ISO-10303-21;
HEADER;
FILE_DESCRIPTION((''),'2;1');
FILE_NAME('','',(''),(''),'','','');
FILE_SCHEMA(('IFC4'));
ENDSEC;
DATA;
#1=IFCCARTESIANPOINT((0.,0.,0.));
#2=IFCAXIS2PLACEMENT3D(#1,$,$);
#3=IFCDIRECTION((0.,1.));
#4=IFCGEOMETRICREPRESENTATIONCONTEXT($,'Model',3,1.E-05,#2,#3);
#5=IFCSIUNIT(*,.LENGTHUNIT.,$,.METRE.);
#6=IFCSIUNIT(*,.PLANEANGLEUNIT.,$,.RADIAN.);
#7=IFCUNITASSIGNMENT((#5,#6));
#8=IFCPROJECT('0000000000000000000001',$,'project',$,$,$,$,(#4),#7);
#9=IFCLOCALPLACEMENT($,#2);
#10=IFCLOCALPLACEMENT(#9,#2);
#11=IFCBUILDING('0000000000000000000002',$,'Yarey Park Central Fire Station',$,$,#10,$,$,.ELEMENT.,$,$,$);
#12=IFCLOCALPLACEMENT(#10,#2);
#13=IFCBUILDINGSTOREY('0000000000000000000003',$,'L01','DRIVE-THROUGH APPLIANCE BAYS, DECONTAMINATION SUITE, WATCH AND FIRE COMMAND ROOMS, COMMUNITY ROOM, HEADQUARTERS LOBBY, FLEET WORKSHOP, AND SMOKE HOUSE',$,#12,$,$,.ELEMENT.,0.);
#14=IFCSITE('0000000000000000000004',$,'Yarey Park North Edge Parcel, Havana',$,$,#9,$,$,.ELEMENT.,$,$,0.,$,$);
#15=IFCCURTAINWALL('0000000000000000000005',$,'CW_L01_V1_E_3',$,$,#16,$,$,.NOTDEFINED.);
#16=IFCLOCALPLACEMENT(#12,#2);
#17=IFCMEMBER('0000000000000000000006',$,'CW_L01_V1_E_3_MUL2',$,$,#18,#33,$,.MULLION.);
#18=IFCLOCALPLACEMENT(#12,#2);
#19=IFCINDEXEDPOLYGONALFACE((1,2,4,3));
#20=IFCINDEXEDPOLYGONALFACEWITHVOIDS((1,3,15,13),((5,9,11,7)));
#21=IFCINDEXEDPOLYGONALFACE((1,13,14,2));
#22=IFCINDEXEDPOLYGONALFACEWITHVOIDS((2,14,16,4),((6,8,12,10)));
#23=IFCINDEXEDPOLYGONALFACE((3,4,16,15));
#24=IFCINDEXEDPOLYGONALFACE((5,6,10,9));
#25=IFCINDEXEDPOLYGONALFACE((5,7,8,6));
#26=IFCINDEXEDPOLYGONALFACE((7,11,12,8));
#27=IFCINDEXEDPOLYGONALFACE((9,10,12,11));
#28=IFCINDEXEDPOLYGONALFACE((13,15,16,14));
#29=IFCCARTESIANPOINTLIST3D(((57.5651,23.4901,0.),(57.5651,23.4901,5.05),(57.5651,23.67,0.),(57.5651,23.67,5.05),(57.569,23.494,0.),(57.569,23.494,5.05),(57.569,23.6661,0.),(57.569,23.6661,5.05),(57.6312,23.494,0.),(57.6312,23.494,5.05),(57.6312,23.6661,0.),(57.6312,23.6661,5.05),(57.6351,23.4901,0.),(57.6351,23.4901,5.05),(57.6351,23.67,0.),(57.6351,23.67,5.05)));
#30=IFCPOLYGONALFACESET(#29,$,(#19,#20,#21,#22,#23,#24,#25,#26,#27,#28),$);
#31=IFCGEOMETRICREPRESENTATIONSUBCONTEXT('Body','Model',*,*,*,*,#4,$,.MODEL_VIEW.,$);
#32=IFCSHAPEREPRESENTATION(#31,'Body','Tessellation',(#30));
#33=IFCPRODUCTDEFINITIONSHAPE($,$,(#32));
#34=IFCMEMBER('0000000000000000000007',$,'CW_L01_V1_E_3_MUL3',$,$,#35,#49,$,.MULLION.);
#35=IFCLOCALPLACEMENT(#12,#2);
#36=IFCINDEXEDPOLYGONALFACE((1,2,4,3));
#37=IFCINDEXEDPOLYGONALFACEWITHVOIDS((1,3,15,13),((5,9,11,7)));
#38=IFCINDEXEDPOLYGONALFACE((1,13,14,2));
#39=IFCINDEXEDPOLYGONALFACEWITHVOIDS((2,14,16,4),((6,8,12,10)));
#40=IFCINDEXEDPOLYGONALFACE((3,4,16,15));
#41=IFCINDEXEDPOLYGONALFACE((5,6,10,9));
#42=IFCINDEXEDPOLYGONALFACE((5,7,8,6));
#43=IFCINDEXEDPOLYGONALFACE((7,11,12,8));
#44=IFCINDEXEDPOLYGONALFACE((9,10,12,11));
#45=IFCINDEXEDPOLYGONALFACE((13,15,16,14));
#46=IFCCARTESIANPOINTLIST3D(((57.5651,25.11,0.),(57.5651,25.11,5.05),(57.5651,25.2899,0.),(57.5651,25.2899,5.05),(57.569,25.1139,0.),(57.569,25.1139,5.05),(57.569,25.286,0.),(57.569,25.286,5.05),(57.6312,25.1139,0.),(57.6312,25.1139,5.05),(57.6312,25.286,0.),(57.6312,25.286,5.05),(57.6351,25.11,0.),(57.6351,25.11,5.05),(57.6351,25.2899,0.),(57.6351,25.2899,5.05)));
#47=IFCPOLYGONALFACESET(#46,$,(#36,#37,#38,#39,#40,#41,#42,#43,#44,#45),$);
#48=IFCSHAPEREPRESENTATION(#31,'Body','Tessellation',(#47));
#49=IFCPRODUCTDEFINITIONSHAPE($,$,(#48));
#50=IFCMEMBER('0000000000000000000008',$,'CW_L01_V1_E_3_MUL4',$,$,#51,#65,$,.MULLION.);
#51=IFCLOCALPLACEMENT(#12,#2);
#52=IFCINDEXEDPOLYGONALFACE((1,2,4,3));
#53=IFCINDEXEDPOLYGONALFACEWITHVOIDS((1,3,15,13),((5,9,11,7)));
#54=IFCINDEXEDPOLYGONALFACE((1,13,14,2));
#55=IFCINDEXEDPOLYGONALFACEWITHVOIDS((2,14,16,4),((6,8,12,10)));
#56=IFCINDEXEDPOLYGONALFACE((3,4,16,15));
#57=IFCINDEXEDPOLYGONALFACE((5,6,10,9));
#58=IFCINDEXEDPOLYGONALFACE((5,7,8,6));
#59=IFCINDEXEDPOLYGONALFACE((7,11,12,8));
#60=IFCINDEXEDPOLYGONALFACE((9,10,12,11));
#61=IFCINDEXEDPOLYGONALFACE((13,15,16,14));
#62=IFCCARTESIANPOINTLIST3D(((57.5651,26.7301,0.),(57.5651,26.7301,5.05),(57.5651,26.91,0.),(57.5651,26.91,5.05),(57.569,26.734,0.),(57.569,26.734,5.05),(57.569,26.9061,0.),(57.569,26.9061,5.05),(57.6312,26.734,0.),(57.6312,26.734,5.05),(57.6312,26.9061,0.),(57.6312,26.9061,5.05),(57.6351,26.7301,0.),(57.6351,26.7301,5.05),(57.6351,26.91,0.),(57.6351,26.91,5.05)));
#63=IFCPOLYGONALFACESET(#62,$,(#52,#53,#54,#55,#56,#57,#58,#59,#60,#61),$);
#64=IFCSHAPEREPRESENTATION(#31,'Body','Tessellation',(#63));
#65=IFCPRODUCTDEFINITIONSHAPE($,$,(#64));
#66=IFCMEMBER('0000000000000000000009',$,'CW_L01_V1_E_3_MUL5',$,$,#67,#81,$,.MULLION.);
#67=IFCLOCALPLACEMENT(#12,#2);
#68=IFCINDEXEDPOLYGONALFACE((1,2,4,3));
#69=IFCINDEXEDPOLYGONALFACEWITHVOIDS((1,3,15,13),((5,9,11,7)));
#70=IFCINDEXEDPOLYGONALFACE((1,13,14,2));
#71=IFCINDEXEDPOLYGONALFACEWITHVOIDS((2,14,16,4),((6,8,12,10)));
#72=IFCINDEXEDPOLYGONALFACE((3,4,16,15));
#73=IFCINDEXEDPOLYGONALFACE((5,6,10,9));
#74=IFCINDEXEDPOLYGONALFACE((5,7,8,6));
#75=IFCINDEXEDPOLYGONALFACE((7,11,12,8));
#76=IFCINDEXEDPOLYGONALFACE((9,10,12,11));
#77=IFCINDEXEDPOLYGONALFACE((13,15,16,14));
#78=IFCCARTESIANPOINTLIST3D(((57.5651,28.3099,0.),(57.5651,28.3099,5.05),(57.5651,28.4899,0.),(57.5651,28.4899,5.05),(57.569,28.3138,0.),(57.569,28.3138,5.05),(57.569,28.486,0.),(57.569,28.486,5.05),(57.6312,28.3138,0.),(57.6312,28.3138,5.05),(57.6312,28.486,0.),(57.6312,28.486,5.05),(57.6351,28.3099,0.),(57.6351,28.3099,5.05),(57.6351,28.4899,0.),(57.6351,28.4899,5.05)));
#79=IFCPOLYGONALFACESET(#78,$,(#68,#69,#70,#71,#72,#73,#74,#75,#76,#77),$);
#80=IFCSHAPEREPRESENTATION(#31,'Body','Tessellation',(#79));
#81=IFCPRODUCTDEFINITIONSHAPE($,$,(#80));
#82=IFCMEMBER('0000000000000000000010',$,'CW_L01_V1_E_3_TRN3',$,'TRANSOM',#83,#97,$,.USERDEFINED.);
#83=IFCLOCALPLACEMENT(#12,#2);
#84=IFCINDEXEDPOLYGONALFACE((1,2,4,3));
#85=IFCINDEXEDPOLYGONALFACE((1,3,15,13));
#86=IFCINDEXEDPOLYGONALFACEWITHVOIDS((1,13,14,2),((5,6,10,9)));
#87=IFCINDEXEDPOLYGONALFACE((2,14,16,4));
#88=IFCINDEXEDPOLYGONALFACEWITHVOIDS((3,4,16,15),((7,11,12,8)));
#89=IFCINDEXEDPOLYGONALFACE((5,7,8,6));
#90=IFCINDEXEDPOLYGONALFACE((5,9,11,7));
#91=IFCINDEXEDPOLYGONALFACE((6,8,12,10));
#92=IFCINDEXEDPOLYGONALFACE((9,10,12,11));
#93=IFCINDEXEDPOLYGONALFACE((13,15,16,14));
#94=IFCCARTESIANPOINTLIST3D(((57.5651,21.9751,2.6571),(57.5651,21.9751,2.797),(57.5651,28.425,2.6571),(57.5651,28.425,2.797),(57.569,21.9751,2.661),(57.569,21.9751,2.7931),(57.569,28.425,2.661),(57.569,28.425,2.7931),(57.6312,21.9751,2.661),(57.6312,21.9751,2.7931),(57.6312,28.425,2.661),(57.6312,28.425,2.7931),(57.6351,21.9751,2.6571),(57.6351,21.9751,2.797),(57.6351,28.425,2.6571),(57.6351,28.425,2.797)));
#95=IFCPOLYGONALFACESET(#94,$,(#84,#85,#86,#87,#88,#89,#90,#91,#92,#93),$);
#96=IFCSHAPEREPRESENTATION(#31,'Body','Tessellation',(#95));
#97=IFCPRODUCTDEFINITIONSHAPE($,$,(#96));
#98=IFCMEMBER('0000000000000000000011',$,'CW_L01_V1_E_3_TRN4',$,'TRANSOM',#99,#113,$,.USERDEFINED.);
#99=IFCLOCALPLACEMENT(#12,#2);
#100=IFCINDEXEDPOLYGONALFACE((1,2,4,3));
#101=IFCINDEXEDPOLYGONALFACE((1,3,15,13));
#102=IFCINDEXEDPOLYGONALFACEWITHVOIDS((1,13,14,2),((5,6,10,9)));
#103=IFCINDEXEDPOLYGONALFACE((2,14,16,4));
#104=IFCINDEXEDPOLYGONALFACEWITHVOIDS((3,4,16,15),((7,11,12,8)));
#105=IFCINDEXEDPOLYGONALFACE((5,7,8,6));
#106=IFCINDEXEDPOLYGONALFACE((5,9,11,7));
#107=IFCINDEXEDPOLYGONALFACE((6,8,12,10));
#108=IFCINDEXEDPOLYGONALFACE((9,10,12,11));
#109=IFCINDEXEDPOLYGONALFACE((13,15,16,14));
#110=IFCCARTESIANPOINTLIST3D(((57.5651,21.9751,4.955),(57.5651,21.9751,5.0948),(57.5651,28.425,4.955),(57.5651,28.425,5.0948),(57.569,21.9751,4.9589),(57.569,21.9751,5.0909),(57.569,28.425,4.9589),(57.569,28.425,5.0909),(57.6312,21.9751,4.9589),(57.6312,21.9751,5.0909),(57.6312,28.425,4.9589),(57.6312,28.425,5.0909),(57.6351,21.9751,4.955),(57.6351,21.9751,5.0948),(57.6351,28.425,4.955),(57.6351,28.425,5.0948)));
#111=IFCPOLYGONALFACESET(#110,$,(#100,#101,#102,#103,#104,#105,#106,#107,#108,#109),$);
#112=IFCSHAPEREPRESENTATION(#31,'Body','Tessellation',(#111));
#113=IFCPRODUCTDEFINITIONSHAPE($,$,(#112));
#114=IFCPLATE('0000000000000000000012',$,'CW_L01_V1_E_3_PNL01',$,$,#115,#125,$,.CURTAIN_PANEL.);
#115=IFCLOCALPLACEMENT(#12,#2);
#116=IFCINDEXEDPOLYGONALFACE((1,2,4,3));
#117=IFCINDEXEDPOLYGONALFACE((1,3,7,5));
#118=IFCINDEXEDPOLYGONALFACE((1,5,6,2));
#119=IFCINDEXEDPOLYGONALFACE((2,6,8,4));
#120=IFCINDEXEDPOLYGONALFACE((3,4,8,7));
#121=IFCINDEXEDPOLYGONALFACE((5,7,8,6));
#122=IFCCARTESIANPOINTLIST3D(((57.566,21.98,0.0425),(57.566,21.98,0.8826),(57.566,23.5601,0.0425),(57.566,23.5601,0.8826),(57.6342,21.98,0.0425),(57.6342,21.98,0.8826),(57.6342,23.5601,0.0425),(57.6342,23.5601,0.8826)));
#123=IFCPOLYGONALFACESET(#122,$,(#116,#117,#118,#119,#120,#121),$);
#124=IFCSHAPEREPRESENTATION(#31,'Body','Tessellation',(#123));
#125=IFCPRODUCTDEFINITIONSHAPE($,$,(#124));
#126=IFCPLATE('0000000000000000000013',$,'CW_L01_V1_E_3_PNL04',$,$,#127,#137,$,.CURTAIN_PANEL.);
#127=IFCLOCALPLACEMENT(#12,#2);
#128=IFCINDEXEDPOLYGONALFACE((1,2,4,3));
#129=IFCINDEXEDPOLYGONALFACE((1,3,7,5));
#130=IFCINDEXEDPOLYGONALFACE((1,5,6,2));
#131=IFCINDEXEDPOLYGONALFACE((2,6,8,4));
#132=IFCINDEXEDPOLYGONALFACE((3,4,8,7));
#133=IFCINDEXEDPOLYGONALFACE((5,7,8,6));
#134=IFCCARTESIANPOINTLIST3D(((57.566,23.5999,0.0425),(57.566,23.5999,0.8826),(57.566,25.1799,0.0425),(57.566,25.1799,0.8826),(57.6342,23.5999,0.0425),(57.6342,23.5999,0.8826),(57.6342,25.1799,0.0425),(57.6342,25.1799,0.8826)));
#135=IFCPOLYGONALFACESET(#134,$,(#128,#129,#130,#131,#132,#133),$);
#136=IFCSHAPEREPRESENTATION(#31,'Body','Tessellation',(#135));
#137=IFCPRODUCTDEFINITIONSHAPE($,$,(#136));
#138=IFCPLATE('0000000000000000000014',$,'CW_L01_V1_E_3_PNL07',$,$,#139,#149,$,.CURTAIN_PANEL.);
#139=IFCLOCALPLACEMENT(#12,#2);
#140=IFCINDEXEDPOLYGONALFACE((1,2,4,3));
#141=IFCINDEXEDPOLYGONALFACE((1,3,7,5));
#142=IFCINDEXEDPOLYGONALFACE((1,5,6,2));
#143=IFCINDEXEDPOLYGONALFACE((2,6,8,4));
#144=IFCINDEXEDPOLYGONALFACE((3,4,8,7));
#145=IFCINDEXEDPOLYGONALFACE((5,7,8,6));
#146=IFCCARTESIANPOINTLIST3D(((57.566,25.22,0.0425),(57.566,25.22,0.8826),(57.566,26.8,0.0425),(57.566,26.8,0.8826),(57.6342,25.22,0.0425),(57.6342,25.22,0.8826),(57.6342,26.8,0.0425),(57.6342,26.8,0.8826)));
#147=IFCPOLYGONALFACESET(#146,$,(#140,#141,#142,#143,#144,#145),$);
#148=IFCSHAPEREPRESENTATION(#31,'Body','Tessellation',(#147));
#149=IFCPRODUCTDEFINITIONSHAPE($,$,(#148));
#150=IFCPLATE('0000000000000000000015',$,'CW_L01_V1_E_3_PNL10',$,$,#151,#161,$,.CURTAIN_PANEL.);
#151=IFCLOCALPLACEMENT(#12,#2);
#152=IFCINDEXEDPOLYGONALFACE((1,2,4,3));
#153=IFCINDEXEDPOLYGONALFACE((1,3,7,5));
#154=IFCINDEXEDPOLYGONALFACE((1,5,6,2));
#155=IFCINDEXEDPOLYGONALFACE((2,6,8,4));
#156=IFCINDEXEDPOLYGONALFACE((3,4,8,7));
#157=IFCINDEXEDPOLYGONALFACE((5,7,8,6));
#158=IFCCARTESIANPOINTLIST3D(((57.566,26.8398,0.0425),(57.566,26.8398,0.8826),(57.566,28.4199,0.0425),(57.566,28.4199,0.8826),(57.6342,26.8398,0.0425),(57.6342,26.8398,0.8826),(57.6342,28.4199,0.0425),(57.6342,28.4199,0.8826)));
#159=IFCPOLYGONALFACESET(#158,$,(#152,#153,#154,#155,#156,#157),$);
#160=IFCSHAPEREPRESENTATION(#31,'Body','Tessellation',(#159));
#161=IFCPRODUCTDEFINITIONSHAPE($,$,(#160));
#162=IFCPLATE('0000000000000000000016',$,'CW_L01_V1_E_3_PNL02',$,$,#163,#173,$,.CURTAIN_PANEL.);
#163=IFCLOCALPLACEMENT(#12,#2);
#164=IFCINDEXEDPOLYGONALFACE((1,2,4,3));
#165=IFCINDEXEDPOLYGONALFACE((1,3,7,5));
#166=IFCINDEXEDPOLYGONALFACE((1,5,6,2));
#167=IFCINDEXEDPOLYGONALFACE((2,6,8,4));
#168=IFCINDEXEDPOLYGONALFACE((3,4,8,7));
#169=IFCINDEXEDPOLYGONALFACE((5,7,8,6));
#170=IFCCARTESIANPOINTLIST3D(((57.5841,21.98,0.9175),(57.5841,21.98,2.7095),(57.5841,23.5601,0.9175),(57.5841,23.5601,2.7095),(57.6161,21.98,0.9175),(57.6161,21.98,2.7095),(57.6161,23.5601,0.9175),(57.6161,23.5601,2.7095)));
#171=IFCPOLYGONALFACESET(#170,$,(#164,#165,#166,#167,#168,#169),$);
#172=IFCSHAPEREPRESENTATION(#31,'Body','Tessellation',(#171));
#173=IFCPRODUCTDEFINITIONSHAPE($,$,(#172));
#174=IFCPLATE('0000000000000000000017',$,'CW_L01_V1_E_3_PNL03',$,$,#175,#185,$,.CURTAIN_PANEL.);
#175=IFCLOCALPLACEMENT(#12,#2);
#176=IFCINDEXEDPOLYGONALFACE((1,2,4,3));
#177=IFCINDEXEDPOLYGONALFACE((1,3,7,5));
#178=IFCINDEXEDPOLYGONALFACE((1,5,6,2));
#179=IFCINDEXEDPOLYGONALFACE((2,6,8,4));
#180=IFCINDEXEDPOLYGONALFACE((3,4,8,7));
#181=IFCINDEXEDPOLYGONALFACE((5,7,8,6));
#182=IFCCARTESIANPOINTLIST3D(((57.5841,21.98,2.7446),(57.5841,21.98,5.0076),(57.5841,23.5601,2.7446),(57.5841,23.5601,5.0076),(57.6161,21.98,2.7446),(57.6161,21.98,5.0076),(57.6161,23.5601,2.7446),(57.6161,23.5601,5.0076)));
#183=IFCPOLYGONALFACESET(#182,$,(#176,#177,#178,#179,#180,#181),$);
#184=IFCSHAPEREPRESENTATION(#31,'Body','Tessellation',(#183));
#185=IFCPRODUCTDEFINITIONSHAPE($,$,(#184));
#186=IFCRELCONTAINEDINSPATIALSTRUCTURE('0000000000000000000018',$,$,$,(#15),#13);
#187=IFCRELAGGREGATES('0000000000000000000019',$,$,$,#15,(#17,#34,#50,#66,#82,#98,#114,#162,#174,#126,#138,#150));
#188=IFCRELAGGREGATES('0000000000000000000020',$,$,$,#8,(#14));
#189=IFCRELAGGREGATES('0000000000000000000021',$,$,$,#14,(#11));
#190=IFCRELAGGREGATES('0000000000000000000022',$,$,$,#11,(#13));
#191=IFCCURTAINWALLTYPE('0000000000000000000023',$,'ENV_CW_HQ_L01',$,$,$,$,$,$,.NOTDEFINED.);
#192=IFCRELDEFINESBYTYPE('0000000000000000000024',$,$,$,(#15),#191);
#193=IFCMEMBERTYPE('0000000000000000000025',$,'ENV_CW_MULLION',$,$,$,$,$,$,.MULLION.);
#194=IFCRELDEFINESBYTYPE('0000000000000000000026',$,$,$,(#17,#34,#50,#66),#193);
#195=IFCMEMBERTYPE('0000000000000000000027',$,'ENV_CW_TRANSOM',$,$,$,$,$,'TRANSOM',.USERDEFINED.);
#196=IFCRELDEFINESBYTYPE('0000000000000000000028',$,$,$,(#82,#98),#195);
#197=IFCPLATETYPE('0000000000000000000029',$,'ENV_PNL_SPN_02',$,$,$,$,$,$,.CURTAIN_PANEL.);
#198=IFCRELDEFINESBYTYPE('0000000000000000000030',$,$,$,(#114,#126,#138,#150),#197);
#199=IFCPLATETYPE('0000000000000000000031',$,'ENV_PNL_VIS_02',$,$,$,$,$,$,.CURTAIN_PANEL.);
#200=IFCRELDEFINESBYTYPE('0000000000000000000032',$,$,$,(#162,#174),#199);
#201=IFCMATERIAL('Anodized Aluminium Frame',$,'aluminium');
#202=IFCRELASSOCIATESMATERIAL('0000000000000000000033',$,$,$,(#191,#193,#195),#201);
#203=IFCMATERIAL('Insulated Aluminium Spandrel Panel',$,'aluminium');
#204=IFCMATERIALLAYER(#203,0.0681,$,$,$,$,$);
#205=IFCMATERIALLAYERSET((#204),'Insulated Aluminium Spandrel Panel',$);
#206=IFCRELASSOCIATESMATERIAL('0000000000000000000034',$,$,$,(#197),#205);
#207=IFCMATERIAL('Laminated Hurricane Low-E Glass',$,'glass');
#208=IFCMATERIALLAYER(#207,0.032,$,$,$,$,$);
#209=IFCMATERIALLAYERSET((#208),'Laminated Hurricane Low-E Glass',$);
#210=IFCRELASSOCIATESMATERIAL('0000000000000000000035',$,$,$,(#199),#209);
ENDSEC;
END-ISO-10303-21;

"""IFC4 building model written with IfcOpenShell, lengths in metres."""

from ifc_helpers import new_model, si_unit, direction, frame, origin, origin_2d, place, context, subcontext, project, spatial, rectangle, hollow_rectangle, extrude, material, layer, layer_set, material_profile, profile_set, type_object, element, aggregate, save


model = new_model("IFC4")

# Units and contexts
model_context = context("Model", 3, precision=1e-05, world=origin(), true_north=direction((0.0, 1.0)))
body_context = subcontext(model_context, "Body", "Model", "MODEL_VIEW")
ifc_project = project(units=[si_unit("LENGTHUNIT", "METRE"), si_unit("PLANEANGLEUNIT", "RADIAN")], contexts=[model_context])

# Site, building, storey
site_placement = place(None, origin())
site = spatial("IfcSite", under=ifc_project, at=site_placement, Name="Yarey Park North Edge Parcel, Havana", CompositionType="ELEMENT", RefElevation=0.0)
building_placement = place(site_placement, origin())
building = spatial("IfcBuilding", under=site, at=building_placement, Name="Yarey Park Central Fire Station", CompositionType="ELEMENT")
storey_placement = place(building_placement, origin())
storey = spatial("IfcBuildingStorey", under=building, at=storey_placement, Name="L01", Description="DRIVE-THROUGH APPLIANCE BAYS, DECONTAMINATION SUITE, WATCH AND FIRE COMMAND ROOMS, COMMUNITY ROOM, HEADQUARTERS LOBBY, FLEET WORKSHOP, AND SMOKE HOUSE", CompositionType="ELEMENT", Elevation=0.0)

# Curtain wall, members, plates
ifc_material_1 = material(Name="Anodized Aluminium Frame", Category="aluminium")
curtain_wall_type = type_object("IfcCurtainWallType", Name="ENV_CW_HQ_L01", PredefinedType="NOTDEFINED", material=ifc_material_1)
curtain_wall_placement = place(storey_placement, origin())
curtain_wall = element("IfcCurtainWall", 1, at=curtain_wall_placement, inside=storey, type_object=curtain_wall_type, Name="CW_L01_V1_E_3", PredefinedType="NOTDEFINED")
ifc_material_profile_1 = material_profile(ifc_material_1, hollow_rectangle(XDim=0.0701, YDim=0.1799, WallThickness=0.0039, at=origin_2d()), Name="ALU 180x70x4")
ifc_profile_set_1 = profile_set([ifc_material_profile_1], Name="Anodized Aluminium Frame")
member_type_1 = type_object("IfcMemberType", Name="ENV_CW_MULLION", PredefinedType="MULLION", material=ifc_profile_set_1)
member_1_placement = place(storey_placement, frame((57.6001, 23.5801, 0.0), z_axis=(0.0, 0.0, 1.0), x_axis=(1.0, 0.0, 0.0)))
member_1 = element("IfcMember", 2, at=member_1_placement, type_object=member_type_1, Name="CW_L01_V1_E_3_MUL2", PredefinedType="MULLION", context=body_context, shape_type="SweptSolid", body=[
    extrude(hollow_rectangle(XDim=0.0701, YDim=0.1799, WallThickness=0.0039, at=origin_2d()), origin(), (0.0, 0.0, 1.0), 5.05),
])
member_2_placement = place(storey_placement, frame((57.6001, 25.2, 0.0), z_axis=(0.0, 0.0, 1.0), x_axis=(1.0, 0.0, 0.0)))
member_2 = element("IfcMember", 3, at=member_2_placement, type_object=member_type_1, Name="CW_L01_V1_E_3_MUL3", PredefinedType="MULLION", context=body_context, shape_type="SweptSolid", body=[
    extrude(hollow_rectangle(XDim=0.0701, YDim=0.1799, WallThickness=0.0039, at=origin_2d()), origin(), (0.0, 0.0, 1.0), 5.05),
])
member_3_placement = place(storey_placement, frame((57.6001, 26.8201, 0.0), z_axis=(0.0, 0.0, 1.0), x_axis=(1.0, 0.0, 0.0)))
member_3 = element("IfcMember", 4, at=member_3_placement, type_object=member_type_1, Name="CW_L01_V1_E_3_MUL4", PredefinedType="MULLION", context=body_context, shape_type="SweptSolid", body=[
    extrude(hollow_rectangle(XDim=0.0701, YDim=0.1799, WallThickness=0.0039, at=origin_2d()), origin(), (0.0, 0.0, 1.0), 5.05),
])
member_4_placement = place(storey_placement, frame((57.6001, 28.3999, 0.0), z_axis=(0.0, 0.0, 1.0), x_axis=(1.0, 0.0, 0.0)))
member_4 = element("IfcMember", 5, at=member_4_placement, type_object=member_type_1, Name="CW_L01_V1_E_3_MUL5", PredefinedType="MULLION", context=body_context, shape_type="SweptSolid", body=[
    extrude(hollow_rectangle(XDim=0.0701, YDim=0.1799, WallThickness=0.0039, at=origin_2d()), origin(), (0.0, 0.0, 1.0), 5.05),
])
ifc_material_profile_2 = material_profile(ifc_material_1, hollow_rectangle(XDim=0.0701, YDim=0.1399, WallThickness=0.0039, at=origin_2d()), Name="ALU 140x70x4")
ifc_profile_set_2 = profile_set([ifc_material_profile_2], Name="Anodized Aluminium Frame")
member_type_2 = type_object("IfcMemberType", Name="ENV_CW_TRANSOM", ElementType="TRANSOM", PredefinedType="USERDEFINED", material=ifc_profile_set_2)
member_5_placement = place(storey_placement, frame((57.6001, 21.9751, 2.7271), z_axis=(0.0, 1.0, 0.0), x_axis=(-1.0, 0.0, 0.0)))
member_5 = element("IfcMember", 6, at=member_5_placement, type_object=member_type_2, Name="CW_L01_V1_E_3_TRN3", ObjectType="TRANSOM", PredefinedType="USERDEFINED", context=body_context, shape_type="SweptSolid", body=[
    extrude(hollow_rectangle(XDim=0.0701, YDim=0.1399, WallThickness=0.0039, at=origin_2d()), origin(), (0.0, 0.0, 1.0), 6.45),
])
member_6_placement = place(storey_placement, frame((57.6001, 21.9751, 5.0249), z_axis=(0.0, 1.0, 0.0), x_axis=(-1.0, 0.0, 0.0)))
member_6 = element("IfcMember", 7, at=member_6_placement, type_object=member_type_2, Name="CW_L01_V1_E_3_TRN4", ObjectType="TRANSOM", PredefinedType="USERDEFINED", context=body_context, shape_type="SweptSolid", body=[
    extrude(hollow_rectangle(XDim=0.0701, YDim=0.1399, WallThickness=0.0039, at=origin_2d()), origin(), (0.0, 0.0, 1.0), 6.45),
])
ifc_material_2 = material(Name="Insulated Aluminium Spandrel Panel", Category="aluminium")
ifc_layer_1 = layer(ifc_material_2, 0.0681)
ifc_layer_set_1 = layer_set([ifc_layer_1], Name="Insulated Aluminium Spandrel Panel")
plate_type_1 = type_object("IfcPlateType", Name="ENV_PNL_SPN_02", PredefinedType="CURTAIN_PANEL", material=ifc_layer_set_1)
plate_1_placement = place(storey_placement, frame((57.6001, 22.77, 0.0425), z_axis=(0.0, 0.0, 1.0), x_axis=(0.0, 1.0, 0.0)))
plate_1 = element("IfcPlate", 8, at=plate_1_placement, type_object=plate_type_1, Name="CW_L01_V1_E_3_PNL01", PredefinedType="CURTAIN_PANEL", context=body_context, shape_type="SweptSolid", body=[
    extrude(rectangle(XDim=1.5801, YDim=0.0681, at=origin_2d()), origin(), (0.0, 0.0, 1.0), 0.8401),
])
plate_2_placement = place(storey_placement, frame((57.6001, 24.3899, 0.0425), z_axis=(0.0, 0.0, 1.0), x_axis=(0.0, 1.0, 0.0)))
plate_2 = element("IfcPlate", 9, at=plate_2_placement, type_object=plate_type_1, Name="CW_L01_V1_E_3_PNL04", PredefinedType="CURTAIN_PANEL", context=body_context, shape_type="SweptSolid", body=[
    extrude(rectangle(XDim=1.5801, YDim=0.0681, at=origin_2d()), origin(), (0.0, 0.0, 1.0), 0.8401),
])
plate_3_placement = place(storey_placement, frame((57.6001, 26.01, 0.0425), z_axis=(0.0, 0.0, 1.0), x_axis=(0.0, 1.0, 0.0)))
plate_3 = element("IfcPlate", 10, at=plate_3_placement, type_object=plate_type_1, Name="CW_L01_V1_E_3_PNL07", PredefinedType="CURTAIN_PANEL", context=body_context, shape_type="SweptSolid", body=[
    extrude(rectangle(XDim=1.5801, YDim=0.0681, at=origin_2d()), origin(), (0.0, 0.0, 1.0), 0.8401),
])
plate_4_placement = place(storey_placement, frame((57.6001, 27.6299, 0.0425), z_axis=(0.0, 0.0, 1.0), x_axis=(0.0, 1.0, 0.0)))
plate_4 = element("IfcPlate", 11, at=plate_4_placement, type_object=plate_type_1, Name="CW_L01_V1_E_3_PNL10", PredefinedType="CURTAIN_PANEL", context=body_context, shape_type="SweptSolid", body=[
    extrude(rectangle(XDim=1.5801, YDim=0.0681, at=origin_2d()), origin(), (0.0, 0.0, 1.0), 0.8401),
])
ifc_material_3 = material(Name="Laminated Hurricane Low-E Glass", Category="glass")
ifc_layer_2 = layer(ifc_material_3, 0.032)
ifc_layer_set_2 = layer_set([ifc_layer_2], Name="Laminated Hurricane Low-E Glass")
plate_type_2 = type_object("IfcPlateType", Name="ENV_PNL_VIS_02", PredefinedType="CURTAIN_PANEL", material=ifc_layer_set_2)
plate_5_placement = place(storey_placement, frame((57.6001, 22.77, 0.9175), z_axis=(0.0, 0.0, 1.0), x_axis=(0.0, 1.0, 0.0)))
plate_5 = element("IfcPlate", 12, at=plate_5_placement, type_object=plate_type_2, Name="CW_L01_V1_E_3_PNL02", PredefinedType="CURTAIN_PANEL", context=body_context, shape_type="SweptSolid", body=[
    extrude(rectangle(XDim=1.5801, YDim=0.032, at=origin_2d()), origin(), (0.0, 0.0, 1.0), 1.792),
])
plate_6_placement = place(storey_placement, frame((57.6001, 22.77, 2.7446), z_axis=(0.0, 0.0, 1.0), x_axis=(0.0, 1.0, 0.0)))
plate_6 = element("IfcPlate", 13, at=plate_6_placement, type_object=plate_type_2, Name="CW_L01_V1_E_3_PNL03", PredefinedType="CURTAIN_PANEL", context=body_context, shape_type="SweptSolid", body=[
    extrude(rectangle(XDim=1.5801, YDim=0.032, at=origin_2d()), origin(), (0.0, 0.0, 1.0), 2.2629),
])
aggregate(curtain_wall, [member_1, member_2, member_3, member_4, member_5, member_6, plate_1, plate_5, plate_6, plate_2, plate_3, plate_4])

save(model, "model.ifc")
